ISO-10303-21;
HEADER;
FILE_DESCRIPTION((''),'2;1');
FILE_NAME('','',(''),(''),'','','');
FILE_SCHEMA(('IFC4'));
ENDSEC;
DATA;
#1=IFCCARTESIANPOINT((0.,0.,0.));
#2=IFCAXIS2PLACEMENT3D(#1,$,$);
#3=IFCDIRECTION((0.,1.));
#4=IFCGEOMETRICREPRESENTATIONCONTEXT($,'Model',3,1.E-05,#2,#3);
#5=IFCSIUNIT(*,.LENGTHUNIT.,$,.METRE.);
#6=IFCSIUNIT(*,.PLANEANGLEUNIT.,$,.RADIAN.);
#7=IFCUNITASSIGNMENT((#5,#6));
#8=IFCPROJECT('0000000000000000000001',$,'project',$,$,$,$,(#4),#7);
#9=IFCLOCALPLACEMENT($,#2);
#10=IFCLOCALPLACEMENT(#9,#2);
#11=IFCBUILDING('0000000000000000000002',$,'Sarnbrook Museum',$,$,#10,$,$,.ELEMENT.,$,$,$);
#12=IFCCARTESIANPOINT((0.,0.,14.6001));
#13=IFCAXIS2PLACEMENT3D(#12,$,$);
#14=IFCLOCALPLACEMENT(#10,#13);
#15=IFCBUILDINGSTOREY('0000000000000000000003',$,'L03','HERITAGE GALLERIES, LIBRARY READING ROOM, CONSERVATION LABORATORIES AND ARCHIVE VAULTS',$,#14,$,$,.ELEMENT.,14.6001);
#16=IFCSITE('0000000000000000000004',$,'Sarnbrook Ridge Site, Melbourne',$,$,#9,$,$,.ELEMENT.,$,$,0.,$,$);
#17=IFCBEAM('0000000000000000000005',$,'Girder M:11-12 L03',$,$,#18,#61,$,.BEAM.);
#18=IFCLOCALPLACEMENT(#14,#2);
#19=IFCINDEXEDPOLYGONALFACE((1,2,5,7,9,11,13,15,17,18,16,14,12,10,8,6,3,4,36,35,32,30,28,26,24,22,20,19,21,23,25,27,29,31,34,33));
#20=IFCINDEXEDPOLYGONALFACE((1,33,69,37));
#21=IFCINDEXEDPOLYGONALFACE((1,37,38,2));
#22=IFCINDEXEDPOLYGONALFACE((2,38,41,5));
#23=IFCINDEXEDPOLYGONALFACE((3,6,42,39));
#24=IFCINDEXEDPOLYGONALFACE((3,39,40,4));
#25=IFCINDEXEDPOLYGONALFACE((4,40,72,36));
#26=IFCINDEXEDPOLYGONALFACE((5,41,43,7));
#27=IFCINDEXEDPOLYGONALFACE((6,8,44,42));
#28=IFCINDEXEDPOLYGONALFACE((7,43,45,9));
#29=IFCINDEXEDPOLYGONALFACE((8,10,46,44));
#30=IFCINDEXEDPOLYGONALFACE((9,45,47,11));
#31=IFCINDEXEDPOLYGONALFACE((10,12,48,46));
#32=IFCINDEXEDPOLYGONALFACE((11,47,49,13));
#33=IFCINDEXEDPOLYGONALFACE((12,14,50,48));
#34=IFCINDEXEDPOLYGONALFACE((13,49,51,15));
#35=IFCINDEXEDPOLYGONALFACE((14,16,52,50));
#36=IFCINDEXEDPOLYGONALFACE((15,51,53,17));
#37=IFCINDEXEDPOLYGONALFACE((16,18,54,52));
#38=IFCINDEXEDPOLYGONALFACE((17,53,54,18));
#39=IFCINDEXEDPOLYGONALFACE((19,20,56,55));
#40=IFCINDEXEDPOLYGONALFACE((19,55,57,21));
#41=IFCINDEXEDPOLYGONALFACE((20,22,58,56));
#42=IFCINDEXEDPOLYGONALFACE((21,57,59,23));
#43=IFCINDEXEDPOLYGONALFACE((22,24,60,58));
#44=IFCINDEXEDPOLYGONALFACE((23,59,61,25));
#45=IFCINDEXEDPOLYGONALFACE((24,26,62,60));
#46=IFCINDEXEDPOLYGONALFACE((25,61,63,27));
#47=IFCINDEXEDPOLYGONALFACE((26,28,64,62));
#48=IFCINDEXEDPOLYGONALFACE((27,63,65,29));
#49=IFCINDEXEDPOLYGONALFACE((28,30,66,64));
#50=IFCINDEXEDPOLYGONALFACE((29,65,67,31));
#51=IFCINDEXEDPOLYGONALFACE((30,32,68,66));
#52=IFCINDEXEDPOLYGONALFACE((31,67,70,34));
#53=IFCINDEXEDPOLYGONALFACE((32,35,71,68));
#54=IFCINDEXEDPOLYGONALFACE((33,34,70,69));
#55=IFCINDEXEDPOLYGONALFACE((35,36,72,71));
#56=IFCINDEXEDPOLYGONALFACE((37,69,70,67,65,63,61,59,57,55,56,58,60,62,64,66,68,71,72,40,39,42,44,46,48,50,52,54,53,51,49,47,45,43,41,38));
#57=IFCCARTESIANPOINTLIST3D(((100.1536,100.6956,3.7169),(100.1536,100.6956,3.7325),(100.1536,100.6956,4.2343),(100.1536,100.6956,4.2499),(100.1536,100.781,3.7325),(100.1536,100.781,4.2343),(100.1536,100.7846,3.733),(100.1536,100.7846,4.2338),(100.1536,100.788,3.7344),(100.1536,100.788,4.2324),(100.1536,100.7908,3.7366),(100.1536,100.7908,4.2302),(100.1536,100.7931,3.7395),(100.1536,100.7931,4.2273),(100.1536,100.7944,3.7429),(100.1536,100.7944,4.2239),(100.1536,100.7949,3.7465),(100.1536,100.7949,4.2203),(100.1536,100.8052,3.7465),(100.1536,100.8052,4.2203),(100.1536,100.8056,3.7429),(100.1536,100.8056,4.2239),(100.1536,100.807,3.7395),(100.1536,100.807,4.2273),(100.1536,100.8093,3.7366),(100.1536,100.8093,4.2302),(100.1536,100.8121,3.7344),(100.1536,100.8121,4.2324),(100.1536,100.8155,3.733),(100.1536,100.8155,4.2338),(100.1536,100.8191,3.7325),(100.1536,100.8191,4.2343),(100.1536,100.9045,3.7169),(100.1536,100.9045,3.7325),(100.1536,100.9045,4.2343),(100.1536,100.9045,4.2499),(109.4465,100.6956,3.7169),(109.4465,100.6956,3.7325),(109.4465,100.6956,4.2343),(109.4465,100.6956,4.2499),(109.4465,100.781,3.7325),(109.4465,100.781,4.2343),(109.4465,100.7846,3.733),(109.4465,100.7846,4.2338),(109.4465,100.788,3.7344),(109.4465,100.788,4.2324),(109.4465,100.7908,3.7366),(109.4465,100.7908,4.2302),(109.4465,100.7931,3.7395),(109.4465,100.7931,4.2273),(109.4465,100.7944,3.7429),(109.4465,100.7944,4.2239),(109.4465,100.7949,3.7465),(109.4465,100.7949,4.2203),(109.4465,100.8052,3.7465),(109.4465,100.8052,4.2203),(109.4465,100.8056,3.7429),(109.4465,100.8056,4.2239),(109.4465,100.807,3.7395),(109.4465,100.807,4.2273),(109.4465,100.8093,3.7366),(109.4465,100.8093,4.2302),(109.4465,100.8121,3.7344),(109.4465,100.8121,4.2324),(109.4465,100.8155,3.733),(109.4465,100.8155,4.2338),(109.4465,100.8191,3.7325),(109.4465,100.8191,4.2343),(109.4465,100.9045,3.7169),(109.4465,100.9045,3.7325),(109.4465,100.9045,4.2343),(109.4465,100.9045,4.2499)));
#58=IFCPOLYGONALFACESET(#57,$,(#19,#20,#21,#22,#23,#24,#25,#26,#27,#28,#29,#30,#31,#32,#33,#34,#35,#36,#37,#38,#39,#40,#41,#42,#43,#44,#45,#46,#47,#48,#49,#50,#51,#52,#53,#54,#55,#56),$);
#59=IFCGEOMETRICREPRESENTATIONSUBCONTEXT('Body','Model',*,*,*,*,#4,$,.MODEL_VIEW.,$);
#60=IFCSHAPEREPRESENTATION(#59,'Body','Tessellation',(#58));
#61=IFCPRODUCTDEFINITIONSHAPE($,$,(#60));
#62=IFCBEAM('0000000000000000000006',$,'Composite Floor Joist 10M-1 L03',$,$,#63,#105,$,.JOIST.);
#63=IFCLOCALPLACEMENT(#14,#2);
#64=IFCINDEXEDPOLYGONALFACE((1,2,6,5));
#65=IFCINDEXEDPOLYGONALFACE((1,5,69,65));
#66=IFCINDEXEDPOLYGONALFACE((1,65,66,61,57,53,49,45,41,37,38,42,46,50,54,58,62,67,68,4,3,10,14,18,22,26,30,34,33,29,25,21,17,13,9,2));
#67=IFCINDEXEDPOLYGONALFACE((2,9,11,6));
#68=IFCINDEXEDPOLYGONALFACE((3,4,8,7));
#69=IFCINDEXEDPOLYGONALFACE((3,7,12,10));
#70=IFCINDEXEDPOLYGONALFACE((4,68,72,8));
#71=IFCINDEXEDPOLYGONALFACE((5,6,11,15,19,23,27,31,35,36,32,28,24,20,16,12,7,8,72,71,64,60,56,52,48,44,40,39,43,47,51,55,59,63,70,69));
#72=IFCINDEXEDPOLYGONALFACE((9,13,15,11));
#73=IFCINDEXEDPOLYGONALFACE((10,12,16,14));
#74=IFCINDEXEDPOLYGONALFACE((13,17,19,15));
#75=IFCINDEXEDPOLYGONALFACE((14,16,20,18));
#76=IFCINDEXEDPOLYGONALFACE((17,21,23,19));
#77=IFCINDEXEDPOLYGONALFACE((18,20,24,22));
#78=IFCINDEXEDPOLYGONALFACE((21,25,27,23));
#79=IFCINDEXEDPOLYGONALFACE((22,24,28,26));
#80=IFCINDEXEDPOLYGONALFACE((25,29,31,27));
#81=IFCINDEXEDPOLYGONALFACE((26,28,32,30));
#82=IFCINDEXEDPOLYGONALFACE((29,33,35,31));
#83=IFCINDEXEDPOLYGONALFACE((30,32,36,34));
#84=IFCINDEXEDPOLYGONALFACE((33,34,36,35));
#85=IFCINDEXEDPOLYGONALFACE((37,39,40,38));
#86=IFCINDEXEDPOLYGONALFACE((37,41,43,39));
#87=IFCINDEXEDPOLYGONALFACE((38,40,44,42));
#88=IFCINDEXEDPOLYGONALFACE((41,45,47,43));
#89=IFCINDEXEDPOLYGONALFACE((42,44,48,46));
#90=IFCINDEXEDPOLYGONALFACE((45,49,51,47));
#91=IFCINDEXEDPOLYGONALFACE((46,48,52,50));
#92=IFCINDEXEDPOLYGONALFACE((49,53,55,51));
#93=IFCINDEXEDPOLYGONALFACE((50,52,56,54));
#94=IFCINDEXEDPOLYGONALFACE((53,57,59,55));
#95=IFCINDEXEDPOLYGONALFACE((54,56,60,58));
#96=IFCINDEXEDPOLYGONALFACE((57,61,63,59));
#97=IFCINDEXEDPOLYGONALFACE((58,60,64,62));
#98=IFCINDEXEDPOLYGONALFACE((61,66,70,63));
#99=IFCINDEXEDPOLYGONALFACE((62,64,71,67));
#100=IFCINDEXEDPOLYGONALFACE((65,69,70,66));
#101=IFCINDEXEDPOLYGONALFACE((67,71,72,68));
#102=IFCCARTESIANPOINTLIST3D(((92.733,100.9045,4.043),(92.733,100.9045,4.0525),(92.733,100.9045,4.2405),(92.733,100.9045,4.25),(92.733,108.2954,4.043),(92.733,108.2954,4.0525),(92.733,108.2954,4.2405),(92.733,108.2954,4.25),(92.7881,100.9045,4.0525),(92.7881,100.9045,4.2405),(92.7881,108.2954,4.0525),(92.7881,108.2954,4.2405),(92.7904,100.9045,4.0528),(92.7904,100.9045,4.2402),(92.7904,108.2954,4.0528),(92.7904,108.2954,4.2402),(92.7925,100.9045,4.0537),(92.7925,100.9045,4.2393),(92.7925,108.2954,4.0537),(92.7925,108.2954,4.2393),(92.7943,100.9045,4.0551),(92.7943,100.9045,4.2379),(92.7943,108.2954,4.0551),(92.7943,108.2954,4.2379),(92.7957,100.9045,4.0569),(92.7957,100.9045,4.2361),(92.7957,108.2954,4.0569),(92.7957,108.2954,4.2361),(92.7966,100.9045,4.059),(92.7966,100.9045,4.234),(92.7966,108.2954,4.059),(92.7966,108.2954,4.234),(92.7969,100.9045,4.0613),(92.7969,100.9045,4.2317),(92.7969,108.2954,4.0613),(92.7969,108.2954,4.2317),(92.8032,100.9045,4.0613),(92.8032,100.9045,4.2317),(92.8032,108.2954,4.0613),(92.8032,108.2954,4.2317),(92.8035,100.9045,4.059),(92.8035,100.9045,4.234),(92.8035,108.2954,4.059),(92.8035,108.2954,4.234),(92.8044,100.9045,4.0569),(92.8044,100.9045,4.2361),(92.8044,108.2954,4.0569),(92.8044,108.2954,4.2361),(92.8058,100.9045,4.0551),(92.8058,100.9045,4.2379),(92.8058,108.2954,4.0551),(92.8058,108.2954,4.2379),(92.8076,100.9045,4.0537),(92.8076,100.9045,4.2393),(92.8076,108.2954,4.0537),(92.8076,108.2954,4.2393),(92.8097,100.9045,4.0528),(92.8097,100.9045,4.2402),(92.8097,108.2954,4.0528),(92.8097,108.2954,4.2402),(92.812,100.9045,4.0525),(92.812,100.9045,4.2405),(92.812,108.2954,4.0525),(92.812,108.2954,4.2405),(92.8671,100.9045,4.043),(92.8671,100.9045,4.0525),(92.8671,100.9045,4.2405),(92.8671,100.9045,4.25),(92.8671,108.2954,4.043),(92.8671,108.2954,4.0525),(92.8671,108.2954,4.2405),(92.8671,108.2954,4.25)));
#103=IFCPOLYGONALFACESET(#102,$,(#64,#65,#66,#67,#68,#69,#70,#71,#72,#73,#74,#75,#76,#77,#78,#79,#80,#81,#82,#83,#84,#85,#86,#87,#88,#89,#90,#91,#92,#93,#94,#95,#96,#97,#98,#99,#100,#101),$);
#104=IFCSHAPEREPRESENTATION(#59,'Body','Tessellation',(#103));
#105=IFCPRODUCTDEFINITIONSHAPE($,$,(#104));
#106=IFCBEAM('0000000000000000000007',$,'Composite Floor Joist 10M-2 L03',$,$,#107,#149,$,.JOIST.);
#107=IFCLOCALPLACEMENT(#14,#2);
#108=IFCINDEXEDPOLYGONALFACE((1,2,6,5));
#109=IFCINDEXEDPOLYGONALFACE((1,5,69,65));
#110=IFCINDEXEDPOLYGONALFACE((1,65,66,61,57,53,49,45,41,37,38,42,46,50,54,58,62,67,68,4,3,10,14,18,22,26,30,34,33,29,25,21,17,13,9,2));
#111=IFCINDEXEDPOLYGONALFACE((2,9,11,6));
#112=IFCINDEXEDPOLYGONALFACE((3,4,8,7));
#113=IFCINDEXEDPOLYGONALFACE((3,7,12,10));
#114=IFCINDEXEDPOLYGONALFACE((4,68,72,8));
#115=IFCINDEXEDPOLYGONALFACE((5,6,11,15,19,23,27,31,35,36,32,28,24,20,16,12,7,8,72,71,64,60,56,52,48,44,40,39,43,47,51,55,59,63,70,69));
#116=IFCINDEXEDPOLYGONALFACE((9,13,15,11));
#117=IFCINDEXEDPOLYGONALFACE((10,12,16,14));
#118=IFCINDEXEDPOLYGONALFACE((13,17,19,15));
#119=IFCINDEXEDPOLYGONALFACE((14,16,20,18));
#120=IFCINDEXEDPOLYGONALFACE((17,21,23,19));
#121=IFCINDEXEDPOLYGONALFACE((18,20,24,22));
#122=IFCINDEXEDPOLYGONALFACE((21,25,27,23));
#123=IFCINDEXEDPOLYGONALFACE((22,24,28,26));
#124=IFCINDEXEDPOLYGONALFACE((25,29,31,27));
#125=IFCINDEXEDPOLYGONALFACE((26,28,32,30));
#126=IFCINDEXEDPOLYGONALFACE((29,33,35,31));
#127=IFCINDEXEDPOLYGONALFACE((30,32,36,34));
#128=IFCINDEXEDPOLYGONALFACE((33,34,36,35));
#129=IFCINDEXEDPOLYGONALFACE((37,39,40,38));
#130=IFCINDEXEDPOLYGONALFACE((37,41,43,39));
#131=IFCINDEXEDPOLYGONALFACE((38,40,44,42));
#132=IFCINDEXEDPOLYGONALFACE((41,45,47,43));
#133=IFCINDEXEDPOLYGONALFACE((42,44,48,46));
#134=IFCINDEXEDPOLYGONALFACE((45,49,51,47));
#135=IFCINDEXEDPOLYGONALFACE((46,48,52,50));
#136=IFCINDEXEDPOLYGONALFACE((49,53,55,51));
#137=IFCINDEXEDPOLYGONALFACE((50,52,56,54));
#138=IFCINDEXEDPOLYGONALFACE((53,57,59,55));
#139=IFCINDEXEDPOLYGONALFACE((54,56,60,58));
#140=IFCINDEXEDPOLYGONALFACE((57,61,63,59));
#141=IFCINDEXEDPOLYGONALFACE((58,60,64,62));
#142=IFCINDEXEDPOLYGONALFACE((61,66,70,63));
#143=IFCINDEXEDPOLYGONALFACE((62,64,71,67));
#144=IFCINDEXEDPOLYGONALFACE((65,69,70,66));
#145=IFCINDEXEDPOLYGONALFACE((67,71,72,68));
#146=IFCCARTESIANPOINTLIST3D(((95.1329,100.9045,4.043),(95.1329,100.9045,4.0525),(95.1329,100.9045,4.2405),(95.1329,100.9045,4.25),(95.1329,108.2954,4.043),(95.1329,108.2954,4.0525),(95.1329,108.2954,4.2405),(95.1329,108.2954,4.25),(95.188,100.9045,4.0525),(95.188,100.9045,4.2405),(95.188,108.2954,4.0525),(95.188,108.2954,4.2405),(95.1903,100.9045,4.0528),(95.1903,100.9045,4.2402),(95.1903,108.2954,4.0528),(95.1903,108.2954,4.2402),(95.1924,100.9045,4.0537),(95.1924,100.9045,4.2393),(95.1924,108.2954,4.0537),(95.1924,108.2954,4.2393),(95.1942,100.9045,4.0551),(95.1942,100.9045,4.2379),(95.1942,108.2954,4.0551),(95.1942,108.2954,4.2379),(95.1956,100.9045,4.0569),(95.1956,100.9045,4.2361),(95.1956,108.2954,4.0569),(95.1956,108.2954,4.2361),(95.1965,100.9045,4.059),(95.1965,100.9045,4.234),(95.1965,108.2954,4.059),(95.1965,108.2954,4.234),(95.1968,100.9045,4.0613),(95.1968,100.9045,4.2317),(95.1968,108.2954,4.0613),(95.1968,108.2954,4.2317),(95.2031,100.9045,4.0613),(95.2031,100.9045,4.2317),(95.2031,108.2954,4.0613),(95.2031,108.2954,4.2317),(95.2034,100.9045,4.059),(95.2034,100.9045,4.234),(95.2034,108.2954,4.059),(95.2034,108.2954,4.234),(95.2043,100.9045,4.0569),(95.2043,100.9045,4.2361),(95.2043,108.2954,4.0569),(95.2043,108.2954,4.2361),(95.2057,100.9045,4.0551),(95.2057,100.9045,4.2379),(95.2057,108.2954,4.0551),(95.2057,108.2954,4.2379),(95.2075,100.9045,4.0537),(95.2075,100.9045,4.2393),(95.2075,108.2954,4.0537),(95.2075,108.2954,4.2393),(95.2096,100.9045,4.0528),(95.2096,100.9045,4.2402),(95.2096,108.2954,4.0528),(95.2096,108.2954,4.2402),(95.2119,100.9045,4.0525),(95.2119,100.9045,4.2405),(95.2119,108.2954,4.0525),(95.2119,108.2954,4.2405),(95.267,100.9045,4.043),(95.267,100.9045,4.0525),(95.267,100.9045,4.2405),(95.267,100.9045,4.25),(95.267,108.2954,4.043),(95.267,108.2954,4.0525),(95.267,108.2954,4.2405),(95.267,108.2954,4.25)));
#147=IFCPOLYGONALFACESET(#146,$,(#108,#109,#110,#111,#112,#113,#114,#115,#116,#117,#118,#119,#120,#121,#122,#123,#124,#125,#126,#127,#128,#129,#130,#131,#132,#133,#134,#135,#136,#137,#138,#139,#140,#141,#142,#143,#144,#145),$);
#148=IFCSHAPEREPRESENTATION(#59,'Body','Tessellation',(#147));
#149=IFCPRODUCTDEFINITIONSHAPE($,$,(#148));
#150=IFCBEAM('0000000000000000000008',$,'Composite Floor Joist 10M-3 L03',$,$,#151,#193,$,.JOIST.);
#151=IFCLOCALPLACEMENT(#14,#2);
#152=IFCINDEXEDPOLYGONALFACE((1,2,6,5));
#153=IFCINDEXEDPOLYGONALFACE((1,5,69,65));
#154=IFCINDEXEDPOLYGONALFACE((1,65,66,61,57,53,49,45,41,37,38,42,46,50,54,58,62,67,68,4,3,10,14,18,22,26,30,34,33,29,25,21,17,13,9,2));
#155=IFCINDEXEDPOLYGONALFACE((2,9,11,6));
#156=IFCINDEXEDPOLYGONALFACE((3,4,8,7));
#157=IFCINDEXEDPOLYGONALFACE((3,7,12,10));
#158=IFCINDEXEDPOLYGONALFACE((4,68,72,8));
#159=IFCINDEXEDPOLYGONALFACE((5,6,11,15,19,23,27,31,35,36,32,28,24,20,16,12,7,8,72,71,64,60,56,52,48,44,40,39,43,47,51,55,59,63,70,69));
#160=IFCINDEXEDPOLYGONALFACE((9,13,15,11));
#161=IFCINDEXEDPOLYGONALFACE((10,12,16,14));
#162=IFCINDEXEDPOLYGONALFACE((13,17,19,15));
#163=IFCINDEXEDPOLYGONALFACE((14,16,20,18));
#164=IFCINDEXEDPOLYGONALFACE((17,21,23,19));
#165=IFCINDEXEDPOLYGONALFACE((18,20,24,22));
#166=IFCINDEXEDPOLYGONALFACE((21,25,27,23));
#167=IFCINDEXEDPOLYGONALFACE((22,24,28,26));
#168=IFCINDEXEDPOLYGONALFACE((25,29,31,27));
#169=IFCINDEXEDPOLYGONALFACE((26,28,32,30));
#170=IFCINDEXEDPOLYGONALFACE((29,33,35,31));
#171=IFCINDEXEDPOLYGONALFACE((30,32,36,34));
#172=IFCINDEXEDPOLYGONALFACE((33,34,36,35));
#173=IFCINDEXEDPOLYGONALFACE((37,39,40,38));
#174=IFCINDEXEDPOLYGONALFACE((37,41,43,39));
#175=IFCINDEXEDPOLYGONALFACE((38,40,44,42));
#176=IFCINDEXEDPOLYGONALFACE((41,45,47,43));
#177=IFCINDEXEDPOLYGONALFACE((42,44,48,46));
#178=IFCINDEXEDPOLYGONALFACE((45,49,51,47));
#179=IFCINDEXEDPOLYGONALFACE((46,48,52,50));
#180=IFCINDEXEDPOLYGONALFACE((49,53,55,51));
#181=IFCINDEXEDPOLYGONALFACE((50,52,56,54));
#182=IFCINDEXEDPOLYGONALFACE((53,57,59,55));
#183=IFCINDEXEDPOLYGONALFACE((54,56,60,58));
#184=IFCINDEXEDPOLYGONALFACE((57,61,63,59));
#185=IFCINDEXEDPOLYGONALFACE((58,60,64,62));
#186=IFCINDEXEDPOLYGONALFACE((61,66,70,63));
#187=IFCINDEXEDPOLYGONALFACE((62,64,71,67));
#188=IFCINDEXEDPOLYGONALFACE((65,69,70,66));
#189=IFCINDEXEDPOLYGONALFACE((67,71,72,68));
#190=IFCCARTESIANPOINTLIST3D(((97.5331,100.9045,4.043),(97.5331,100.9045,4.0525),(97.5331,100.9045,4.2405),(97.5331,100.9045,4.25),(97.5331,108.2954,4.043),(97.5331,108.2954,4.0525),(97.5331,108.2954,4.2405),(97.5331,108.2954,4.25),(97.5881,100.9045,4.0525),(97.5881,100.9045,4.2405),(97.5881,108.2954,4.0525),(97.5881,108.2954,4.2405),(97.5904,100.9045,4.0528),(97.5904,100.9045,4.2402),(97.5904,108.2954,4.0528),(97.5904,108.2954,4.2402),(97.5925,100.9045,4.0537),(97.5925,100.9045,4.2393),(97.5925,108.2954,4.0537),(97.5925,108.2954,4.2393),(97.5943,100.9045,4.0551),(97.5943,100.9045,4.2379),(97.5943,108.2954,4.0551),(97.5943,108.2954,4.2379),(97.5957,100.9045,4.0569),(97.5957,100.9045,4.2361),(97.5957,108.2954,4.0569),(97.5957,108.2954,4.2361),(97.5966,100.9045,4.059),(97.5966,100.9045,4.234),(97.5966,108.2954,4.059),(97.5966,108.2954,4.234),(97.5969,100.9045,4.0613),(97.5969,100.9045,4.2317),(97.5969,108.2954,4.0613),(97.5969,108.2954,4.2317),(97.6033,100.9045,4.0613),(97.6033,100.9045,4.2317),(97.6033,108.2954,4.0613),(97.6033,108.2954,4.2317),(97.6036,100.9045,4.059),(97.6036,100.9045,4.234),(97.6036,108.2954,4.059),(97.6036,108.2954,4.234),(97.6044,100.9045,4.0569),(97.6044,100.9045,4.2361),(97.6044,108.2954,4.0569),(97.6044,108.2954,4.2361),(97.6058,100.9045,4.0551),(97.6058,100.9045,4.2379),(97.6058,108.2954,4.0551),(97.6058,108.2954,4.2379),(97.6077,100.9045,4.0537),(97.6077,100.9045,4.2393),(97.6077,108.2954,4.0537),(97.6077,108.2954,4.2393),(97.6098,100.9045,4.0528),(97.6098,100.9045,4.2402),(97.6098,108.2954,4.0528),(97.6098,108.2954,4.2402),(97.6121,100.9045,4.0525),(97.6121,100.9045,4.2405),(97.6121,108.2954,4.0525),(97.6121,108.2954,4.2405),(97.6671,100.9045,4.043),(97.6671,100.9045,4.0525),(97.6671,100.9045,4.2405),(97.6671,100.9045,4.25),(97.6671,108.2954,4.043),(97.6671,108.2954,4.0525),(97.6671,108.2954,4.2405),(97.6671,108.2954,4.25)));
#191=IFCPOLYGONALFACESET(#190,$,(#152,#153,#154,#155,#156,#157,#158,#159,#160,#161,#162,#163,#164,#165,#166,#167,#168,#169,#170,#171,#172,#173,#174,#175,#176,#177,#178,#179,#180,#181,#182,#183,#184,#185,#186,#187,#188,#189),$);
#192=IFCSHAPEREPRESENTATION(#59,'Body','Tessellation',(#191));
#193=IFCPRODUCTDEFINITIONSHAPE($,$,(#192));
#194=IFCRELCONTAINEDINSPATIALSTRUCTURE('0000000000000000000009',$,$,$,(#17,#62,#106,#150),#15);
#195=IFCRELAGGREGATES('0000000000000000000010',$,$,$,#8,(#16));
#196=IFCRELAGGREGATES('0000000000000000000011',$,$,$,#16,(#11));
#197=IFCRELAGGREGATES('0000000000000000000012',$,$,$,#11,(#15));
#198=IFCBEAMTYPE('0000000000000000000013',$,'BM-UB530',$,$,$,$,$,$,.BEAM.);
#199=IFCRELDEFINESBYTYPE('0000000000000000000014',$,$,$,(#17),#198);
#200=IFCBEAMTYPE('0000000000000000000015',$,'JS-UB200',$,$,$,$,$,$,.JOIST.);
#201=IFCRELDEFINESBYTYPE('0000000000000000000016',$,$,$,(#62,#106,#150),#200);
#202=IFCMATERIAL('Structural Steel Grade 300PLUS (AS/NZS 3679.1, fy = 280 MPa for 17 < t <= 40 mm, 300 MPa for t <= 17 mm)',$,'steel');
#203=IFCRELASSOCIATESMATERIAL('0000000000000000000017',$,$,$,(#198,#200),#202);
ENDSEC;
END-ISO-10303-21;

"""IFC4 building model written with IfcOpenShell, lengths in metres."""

from ifc_helpers import new_model, si_unit, direction, frame, origin, origin_2d, place, context, subcontext, project, spatial, i_section, extrude, material, material_profile, profile_set, type_object, element, save


model = new_model("IFC4")

# Units and contexts
model_context = context("Model", 3, precision=1e-05, world=origin(), true_north=direction((0.0, 1.0)))
body_context = subcontext(model_context, "Body", "Model", "MODEL_VIEW")
ifc_project = project(units=[si_unit("LENGTHUNIT", "METRE"), si_unit("PLANEANGLEUNIT", "RADIAN")], contexts=[model_context])

# Site, building, storey
site_placement = place(None, origin())
site = spatial("IfcSite", under=ifc_project, at=site_placement, Name="Sarnbrook Ridge Site, Melbourne", CompositionType="ELEMENT", RefElevation=0.0)
building_placement = place(site_placement, origin())
building = spatial("IfcBuilding", under=site, at=building_placement, Name="Sarnbrook Museum", CompositionType="ELEMENT")
storey_placement = place(building_placement, frame((0.0, 0.0, 14.6001)))
storey = spatial("IfcBuildingStorey", under=building, at=storey_placement, Name="L03", Description="HERITAGE GALLERIES, LIBRARY READING ROOM, CONSERVATION LABORATORIES AND ARCHIVE VAULTS", CompositionType="ELEMENT", Elevation=14.6001)

# Shared definitions
ifc_material_1 = material(Name="Structural Steel Grade 300PLUS (AS/NZS 3679.1, fy = 280 MPa for 17 < t <= 40 mm, 300 MPa for t <= 17 mm)", Category="steel")

# Beams
ifc_material_profile_1 = material_profile(ifc_material_1, i_section(OverallWidth=0.209, OverallDepth=0.533, WebThickness=0.0103, FlangeThickness=0.0156, FilletRadius=0.0139, at=origin_2d()), Name="530UB92.4")
ifc_profile_set_1 = profile_set([ifc_material_profile_1], Name="Structural Steel Grade 300PLUS (AS/NZS 3679.1, fy = 280 MPa for 17 < t <= 40 mm, 300 MPa for t <= 17 mm)")
beam_type_1 = type_object("IfcBeamType", Name="BM-UB530", PredefinedType="BEAM", material=ifc_profile_set_1)
for number, where, z_axis, x_axis, name in (
    (1, (100.1536, 100.8, 3.9834), (1.0, 0.0, 0.0), (0.0, 1.0, 0.0), "Girder M:11-12 L03"),
):
    element("IfcBeam", number, at=place(storey_placement, frame(where, z_axis=z_axis, x_axis=x_axis)), inside=storey, type_object=beam_type_1, Name=name, PredefinedType="BEAM", context=body_context, shape_type="SweptSolid", body=[
        extrude(i_section(OverallWidth=0.209, OverallDepth=0.533, WebThickness=0.0103, FlangeThickness=0.0156, FilletRadius=0.0139, at=origin_2d()), origin(), (0.0, 0.0, 1.0), 9.293),
    ])
ifc_material_profile_2 = material_profile(ifc_material_1, i_section(OverallWidth=0.134, OverallDepth=0.207, WebThickness=0.0063, FlangeThickness=0.0095, FilletRadius=0.0088, at=origin_2d()), Name="200UB29.8")
ifc_profile_set_2 = profile_set([ifc_material_profile_2], Name="Structural Steel Grade 300PLUS (AS/NZS 3679.1, fy = 280 MPa for 17 < t <= 40 mm, 300 MPa for t <= 17 mm)")
beam_type_2 = type_object("IfcBeamType", Name="JS-UB200", PredefinedType="JOIST", material=ifc_profile_set_2)
for number, where, z_axis, x_axis, name in (
    (2, (92.8, 100.9045, 4.1465), (0.0, 1.0, 0.0), (-1.0, 0.0, 0.0), "Composite Floor Joist 10M-1 L03"),
    (3, (95.2, 100.9045, 4.1465), (0.0, 1.0, 0.0), (-1.0, 0.0, 0.0), "Composite Floor Joist 10M-2 L03"),
    (4, (97.6001, 100.9045, 4.1465), (0.0, 1.0, 0.0), (-1.0, 0.0, 0.0), "Composite Floor Joist 10M-3 L03"),
):
    element("IfcBeam", number, at=place(storey_placement, frame(where, z_axis=z_axis, x_axis=x_axis)), inside=storey, type_object=beam_type_2, Name=name, PredefinedType="JOIST", context=body_context, shape_type="SweptSolid", body=[
        extrude(i_section(OverallWidth=0.134, OverallDepth=0.207, WebThickness=0.0063, FlangeThickness=0.0095, FilletRadius=0.0088, at=origin_2d()), origin(), (0.0, 0.0, 1.0), 7.3909),
    ])

save(model, "model.ifc")
